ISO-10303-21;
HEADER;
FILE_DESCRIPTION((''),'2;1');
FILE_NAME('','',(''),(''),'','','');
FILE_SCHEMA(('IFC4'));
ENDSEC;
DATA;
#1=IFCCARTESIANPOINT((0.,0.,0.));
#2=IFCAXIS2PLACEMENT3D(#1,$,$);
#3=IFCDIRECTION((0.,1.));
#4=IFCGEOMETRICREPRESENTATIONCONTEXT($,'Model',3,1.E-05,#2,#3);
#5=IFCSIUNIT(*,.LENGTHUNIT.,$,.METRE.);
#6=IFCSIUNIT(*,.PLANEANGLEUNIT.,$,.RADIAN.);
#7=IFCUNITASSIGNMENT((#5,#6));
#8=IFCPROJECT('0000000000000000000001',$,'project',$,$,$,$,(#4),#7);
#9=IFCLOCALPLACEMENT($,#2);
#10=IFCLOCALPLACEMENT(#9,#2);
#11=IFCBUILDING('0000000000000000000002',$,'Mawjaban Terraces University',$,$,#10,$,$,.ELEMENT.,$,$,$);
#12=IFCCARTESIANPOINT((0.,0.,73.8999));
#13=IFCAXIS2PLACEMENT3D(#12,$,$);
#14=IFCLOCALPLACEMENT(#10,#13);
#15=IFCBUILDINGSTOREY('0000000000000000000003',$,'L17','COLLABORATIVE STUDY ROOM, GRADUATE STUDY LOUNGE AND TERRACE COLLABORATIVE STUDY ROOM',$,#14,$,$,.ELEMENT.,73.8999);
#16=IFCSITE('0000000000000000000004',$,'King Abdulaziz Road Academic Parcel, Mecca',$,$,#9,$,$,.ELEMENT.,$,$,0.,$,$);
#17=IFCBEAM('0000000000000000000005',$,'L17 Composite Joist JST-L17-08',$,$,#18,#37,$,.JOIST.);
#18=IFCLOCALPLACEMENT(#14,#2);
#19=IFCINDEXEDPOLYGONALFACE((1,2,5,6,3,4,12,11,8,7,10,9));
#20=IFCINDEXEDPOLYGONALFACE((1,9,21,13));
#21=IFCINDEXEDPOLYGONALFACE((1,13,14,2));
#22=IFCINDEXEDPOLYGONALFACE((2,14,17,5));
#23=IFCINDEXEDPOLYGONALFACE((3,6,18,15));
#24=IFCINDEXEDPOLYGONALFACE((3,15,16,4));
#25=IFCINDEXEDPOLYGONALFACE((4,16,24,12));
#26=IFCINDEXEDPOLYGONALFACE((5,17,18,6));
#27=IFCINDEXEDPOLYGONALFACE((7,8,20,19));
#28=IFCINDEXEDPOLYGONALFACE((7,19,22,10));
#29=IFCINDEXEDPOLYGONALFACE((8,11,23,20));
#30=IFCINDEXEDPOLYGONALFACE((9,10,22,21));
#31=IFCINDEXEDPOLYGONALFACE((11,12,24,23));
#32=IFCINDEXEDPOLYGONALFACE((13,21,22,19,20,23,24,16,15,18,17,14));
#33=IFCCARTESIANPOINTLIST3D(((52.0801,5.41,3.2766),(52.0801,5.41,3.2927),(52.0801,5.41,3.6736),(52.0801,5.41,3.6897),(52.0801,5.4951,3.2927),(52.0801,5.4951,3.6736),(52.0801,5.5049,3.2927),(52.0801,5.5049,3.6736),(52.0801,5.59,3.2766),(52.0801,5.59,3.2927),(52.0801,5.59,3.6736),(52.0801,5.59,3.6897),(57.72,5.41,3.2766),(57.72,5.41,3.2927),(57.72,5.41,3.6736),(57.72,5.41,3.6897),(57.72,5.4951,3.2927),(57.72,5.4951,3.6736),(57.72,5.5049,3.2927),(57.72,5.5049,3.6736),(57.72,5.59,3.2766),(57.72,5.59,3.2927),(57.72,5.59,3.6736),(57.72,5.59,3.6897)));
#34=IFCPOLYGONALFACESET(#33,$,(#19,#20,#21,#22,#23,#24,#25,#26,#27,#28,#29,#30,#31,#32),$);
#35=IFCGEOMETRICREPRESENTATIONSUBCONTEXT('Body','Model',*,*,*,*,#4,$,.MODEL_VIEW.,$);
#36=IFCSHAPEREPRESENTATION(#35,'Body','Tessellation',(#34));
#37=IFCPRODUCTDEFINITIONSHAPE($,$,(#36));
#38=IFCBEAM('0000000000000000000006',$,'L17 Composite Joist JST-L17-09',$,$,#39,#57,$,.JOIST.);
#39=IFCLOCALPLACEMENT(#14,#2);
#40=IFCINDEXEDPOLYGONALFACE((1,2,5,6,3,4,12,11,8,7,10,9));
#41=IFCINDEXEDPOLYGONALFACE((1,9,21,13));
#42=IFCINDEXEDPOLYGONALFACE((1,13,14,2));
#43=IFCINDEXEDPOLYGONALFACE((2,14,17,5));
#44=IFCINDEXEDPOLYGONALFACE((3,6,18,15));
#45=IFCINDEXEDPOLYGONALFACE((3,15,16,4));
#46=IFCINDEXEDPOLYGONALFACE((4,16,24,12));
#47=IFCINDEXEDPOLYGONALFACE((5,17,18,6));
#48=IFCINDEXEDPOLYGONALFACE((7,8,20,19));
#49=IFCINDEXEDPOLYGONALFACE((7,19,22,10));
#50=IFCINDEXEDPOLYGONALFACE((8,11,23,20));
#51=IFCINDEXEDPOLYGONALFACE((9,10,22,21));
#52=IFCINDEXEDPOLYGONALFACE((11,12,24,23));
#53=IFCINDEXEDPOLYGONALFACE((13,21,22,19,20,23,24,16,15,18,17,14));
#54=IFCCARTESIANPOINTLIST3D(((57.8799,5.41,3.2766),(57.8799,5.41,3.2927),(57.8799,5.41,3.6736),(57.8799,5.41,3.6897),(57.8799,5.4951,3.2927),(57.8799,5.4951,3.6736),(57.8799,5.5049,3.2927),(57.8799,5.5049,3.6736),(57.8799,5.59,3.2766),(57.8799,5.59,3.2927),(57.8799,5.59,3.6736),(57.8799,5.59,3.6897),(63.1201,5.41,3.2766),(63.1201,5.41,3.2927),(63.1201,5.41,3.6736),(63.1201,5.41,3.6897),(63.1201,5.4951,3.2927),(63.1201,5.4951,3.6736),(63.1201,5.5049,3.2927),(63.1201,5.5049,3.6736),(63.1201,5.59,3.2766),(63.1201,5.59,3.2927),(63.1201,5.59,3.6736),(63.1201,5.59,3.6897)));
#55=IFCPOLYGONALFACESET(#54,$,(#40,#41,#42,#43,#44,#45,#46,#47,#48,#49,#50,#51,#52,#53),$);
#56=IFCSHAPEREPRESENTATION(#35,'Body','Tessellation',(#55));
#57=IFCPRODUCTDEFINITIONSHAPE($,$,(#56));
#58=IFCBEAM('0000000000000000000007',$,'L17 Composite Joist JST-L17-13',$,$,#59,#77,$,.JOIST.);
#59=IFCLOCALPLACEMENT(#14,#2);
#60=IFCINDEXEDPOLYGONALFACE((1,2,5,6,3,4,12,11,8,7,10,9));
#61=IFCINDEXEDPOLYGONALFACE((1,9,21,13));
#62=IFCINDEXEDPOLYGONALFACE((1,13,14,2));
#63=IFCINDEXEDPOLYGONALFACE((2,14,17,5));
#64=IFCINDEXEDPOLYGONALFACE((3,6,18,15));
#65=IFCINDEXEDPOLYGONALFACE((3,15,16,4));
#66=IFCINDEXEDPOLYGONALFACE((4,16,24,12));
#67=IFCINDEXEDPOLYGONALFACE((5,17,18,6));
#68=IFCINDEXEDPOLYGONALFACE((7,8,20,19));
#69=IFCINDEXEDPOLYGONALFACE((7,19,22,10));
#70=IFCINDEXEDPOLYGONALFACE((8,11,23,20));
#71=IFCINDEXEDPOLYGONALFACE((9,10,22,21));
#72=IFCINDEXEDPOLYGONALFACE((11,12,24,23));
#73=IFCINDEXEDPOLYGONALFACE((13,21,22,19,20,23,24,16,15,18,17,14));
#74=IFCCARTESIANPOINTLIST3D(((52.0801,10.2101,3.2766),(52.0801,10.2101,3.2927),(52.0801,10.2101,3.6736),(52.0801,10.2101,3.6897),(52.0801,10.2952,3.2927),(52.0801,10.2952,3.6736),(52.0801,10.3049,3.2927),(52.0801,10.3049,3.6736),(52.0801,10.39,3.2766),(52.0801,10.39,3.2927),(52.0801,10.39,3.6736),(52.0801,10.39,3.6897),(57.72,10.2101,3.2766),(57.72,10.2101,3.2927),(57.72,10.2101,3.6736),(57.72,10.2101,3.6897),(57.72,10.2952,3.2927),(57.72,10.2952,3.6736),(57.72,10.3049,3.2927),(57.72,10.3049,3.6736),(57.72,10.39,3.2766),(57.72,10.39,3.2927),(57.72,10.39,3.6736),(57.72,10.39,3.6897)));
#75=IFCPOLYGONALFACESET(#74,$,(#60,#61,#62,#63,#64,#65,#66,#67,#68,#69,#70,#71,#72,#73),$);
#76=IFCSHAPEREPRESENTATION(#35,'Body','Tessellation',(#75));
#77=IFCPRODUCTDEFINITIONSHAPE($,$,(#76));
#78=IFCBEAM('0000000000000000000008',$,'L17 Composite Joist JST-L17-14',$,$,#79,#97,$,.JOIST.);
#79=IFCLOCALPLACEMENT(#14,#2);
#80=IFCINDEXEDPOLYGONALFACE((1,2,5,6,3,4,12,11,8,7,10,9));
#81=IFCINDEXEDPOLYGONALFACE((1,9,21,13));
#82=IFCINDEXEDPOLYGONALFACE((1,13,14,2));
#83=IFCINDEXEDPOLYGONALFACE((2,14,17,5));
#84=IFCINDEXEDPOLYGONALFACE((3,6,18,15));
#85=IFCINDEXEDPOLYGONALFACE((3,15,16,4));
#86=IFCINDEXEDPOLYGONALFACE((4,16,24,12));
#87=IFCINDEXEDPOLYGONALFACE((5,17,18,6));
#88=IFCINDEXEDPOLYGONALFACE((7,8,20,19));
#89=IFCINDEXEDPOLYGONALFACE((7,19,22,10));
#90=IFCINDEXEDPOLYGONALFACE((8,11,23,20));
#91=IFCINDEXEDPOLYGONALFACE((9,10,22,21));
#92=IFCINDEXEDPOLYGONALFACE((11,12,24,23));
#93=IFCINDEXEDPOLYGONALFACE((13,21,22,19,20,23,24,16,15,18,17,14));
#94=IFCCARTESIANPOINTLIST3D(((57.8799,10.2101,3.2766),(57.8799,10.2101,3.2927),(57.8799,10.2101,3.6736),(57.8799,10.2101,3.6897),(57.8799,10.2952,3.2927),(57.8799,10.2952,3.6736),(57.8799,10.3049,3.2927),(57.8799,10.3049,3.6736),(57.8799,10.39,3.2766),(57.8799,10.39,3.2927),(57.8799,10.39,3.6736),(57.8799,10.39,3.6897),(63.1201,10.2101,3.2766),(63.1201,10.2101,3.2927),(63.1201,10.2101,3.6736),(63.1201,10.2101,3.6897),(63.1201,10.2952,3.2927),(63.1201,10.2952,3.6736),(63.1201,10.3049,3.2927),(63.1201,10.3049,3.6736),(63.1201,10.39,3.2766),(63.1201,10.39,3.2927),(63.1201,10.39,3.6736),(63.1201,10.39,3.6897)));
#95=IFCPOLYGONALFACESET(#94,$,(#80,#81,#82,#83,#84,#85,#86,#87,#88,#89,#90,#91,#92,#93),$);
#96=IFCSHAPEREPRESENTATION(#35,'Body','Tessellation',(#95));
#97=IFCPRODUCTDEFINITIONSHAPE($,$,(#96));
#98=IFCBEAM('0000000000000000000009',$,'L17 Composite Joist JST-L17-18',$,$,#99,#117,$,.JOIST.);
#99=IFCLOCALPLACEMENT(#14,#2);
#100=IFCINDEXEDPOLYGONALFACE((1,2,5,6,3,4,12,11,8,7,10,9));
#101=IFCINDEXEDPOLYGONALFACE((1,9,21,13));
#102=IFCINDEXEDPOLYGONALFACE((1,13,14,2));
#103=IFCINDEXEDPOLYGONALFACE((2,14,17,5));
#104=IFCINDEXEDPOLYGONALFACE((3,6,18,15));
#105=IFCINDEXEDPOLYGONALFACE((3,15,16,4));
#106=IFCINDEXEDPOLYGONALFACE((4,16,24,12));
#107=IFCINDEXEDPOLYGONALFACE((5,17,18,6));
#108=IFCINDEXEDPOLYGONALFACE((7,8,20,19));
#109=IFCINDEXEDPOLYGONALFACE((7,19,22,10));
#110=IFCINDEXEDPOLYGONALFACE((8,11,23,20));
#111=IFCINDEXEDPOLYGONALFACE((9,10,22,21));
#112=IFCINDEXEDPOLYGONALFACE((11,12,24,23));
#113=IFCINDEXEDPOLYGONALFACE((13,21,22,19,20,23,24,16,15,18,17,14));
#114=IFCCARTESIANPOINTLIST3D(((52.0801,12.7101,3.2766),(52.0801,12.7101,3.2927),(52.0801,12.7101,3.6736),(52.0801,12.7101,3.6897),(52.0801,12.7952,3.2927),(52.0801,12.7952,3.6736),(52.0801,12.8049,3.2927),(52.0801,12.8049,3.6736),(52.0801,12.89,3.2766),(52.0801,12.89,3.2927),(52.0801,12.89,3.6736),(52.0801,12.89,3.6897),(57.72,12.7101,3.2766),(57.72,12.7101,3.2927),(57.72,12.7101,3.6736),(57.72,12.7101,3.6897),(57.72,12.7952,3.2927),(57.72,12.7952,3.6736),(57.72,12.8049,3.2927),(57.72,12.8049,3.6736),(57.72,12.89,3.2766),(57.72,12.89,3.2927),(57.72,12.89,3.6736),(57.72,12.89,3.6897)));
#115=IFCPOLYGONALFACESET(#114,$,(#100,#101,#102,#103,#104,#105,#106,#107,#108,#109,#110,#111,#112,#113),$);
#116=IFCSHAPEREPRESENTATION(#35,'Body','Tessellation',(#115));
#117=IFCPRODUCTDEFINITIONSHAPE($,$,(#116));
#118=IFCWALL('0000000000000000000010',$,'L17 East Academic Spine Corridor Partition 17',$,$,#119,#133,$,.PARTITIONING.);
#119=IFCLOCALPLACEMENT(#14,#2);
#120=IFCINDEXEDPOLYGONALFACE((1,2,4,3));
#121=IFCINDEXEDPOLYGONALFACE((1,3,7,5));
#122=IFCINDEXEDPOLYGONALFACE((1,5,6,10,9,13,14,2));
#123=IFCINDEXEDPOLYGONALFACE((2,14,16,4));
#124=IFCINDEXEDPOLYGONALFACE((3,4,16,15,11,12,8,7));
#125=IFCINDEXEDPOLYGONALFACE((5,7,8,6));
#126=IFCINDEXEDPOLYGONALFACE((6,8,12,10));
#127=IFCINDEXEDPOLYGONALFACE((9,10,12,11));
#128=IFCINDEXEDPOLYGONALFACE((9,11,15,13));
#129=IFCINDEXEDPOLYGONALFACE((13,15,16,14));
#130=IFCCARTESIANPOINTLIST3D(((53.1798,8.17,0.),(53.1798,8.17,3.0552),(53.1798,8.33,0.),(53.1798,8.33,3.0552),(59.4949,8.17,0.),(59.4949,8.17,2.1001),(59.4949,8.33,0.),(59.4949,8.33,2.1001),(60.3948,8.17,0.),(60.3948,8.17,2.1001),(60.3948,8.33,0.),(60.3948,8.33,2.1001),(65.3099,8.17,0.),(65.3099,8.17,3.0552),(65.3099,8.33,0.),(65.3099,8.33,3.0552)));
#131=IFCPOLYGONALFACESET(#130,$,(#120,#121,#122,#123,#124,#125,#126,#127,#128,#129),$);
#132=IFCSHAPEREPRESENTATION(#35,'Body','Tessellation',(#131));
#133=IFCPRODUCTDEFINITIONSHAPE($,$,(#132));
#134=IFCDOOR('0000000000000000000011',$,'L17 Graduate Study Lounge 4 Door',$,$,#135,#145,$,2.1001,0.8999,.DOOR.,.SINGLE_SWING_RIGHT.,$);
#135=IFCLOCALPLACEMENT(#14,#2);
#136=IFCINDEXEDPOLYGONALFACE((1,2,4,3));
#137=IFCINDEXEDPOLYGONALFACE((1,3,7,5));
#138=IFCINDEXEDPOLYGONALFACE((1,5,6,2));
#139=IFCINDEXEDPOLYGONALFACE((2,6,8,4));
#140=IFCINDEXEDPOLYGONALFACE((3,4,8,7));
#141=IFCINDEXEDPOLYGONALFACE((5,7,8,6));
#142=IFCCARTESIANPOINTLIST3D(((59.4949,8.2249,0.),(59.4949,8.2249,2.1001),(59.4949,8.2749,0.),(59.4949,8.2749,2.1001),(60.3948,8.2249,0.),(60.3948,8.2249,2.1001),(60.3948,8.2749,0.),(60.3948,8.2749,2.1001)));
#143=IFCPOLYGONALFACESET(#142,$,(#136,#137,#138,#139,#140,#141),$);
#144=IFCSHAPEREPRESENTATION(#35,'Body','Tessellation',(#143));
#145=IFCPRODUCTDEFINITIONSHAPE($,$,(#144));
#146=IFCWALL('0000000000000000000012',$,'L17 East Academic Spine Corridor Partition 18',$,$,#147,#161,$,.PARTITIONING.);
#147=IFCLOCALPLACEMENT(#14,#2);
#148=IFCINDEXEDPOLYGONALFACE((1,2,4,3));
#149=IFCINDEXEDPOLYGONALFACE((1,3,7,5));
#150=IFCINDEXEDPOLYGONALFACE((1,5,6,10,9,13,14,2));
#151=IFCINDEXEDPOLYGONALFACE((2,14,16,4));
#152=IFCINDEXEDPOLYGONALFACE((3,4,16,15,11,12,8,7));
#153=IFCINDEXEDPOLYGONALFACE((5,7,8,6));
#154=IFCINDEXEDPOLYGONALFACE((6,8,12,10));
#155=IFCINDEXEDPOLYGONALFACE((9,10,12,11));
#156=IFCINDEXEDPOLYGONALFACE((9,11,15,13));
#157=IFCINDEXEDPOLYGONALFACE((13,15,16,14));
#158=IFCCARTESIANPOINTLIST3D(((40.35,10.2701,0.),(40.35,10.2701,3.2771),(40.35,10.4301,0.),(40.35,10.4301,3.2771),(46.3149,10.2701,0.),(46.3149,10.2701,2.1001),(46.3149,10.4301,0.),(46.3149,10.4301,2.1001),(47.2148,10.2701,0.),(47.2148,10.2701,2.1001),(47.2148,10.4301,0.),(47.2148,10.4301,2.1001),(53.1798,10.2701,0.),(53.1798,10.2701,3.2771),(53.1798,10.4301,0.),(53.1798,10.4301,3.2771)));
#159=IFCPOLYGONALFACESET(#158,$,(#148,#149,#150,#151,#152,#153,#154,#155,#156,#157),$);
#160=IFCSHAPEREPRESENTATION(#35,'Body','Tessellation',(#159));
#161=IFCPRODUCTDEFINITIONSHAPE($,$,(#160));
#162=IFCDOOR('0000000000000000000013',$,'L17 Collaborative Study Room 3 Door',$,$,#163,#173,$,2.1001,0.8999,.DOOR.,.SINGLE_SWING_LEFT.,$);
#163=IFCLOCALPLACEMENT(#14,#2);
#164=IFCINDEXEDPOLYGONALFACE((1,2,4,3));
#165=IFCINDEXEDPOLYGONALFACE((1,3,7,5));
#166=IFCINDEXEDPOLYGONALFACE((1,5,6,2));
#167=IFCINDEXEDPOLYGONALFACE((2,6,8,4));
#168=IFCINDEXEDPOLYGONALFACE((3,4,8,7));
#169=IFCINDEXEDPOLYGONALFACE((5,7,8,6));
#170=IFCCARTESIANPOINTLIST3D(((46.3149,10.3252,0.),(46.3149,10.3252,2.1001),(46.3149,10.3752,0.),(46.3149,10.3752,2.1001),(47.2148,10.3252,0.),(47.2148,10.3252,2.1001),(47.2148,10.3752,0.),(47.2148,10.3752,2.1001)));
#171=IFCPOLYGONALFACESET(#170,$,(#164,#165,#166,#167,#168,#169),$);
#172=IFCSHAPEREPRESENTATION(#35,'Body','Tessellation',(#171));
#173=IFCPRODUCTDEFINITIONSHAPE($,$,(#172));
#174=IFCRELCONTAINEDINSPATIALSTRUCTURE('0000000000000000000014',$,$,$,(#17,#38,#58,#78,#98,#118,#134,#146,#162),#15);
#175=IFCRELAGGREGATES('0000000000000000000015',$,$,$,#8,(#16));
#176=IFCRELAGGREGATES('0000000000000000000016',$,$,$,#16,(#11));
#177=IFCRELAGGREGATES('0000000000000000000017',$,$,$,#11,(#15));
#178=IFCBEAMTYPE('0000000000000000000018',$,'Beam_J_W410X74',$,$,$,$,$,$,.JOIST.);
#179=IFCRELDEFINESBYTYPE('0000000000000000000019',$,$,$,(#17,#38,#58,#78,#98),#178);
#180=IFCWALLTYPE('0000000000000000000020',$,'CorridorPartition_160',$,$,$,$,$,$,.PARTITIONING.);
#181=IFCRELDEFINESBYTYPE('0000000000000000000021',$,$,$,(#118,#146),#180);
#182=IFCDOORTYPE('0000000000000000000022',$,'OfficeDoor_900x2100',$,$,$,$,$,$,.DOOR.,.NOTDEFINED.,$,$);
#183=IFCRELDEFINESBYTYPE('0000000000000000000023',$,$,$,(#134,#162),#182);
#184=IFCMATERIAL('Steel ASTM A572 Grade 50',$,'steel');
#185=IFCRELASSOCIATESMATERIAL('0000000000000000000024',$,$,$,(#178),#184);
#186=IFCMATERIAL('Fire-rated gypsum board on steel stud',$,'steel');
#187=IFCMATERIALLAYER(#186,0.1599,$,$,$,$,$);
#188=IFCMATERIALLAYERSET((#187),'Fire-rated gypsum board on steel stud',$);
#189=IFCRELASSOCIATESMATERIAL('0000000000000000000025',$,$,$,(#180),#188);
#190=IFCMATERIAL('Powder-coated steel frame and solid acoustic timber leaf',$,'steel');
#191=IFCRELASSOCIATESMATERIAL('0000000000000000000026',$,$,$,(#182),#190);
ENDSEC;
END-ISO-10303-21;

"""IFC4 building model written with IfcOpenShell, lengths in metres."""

from ifc_helpers import new_model, si_unit, direction, frame, frame_2d, origin, origin_2d, place, context, subcontext, project, spatial, rectangle, i_section, extrude, material, layer, layer_set, material_profile, profile_set, type_object, element, fill, save


model = new_model("IFC4")

# Units and contexts
model_context = context("Model", 3, precision=1e-05, world=origin(), true_north=direction((0.0, 1.0)))
body_context = subcontext(model_context, "Body", "Model", "MODEL_VIEW")
ifc_project = project(units=[si_unit("LENGTHUNIT", "METRE"), si_unit("PLANEANGLEUNIT", "RADIAN")], contexts=[model_context])

# Site, building, storey
site_placement = place(None, origin())
site = spatial("IfcSite", under=ifc_project, at=site_placement, Name="King Abdulaziz Road Academic Parcel, Mecca", CompositionType="ELEMENT", RefElevation=0.0)
building_placement = place(site_placement, origin())
building = spatial("IfcBuilding", under=site, at=building_placement, Name="Mawjaban Terraces University", CompositionType="ELEMENT")
storey_placement = place(building_placement, frame((0.0, 0.0, 73.8999)))
storey = spatial("IfcBuildingStorey", under=building, at=storey_placement, Name="L17", Description="COLLABORATIVE STUDY ROOM, GRADUATE STUDY LOUNGE AND TERRACE COLLABORATIVE STUDY ROOM", CompositionType="ELEMENT", Elevation=73.8999)

# Beams
ifc_material_1 = material(Name="Steel ASTM A572 Grade 50", Category="steel")
ifc_material_profile_1 = material_profile(ifc_material_1, i_section(OverallWidth=0.1799, OverallDepth=0.4131, WebThickness=0.0098, FlangeThickness=0.0161, at=origin_2d()), Name="W410X74")
ifc_profile_set_1 = profile_set([ifc_material_profile_1], Name="Steel ASTM A572 Grade 50")
beam_type_1 = type_object("IfcBeamType", Name="Beam_J_W410X74", PredefinedType="JOIST", material=ifc_profile_set_1)
beam_1_placement = place(storey_placement, frame((52.0801, 5.5, 3.4832), z_axis=(1.0, 0.0, 0.0), x_axis=(0.0, 1.0, 0.0)))
element("IfcBeam", 1, at=beam_1_placement, inside=storey, type_object=beam_type_1, Name="L17 Composite Joist JST-L17-08", PredefinedType="JOIST", context=body_context, shape_type="SweptSolid", body=[
    extrude(i_section(OverallWidth=0.1799, OverallDepth=0.4131, WebThickness=0.0098, FlangeThickness=0.0161, at=origin_2d()), origin(), (0.0, 0.0, 1.0), 5.6399),
])
beam_2_placement = place(storey_placement, frame((57.8799, 5.5, 3.4832), z_axis=(1.0, 0.0, 0.0), x_axis=(0.0, 1.0, 0.0)))
element("IfcBeam", 2, at=beam_2_placement, inside=storey, type_object=beam_type_1, Name="L17 Composite Joist JST-L17-09", PredefinedType="JOIST", context=body_context, shape_type="SweptSolid", body=[
    extrude(i_section(OverallWidth=0.1799, OverallDepth=0.4131, WebThickness=0.0098, FlangeThickness=0.0161, at=origin_2d()), origin(), (0.0, 0.0, 1.0), 5.2402),
])
beam_3_placement = place(storey_placement, frame((52.0801, 10.3, 3.4832), z_axis=(1.0, 0.0, 0.0), x_axis=(0.0, 1.0, 0.0)))
element("IfcBeam", 3, at=beam_3_placement, inside=storey, type_object=beam_type_1, Name="L17 Composite Joist JST-L17-13", PredefinedType="JOIST", context=body_context, shape_type="SweptSolid", body=[
    extrude(i_section(OverallWidth=0.1799, OverallDepth=0.4131, WebThickness=0.0098, FlangeThickness=0.0161, at=origin_2d()), origin(), (0.0, 0.0, 1.0), 5.6399),
])
beam_4_placement = place(storey_placement, frame((57.8799, 10.3, 3.4832), z_axis=(1.0, 0.0, 0.0), x_axis=(0.0, 1.0, 0.0)))
element("IfcBeam", 4, at=beam_4_placement, inside=storey, type_object=beam_type_1, Name="L17 Composite Joist JST-L17-14", PredefinedType="JOIST", context=body_context, shape_type="SweptSolid", body=[
    extrude(i_section(OverallWidth=0.1799, OverallDepth=0.4131, WebThickness=0.0098, FlangeThickness=0.0161, at=origin_2d()), origin(), (0.0, 0.0, 1.0), 5.2402),
])
beam_5_placement = place(storey_placement, frame((52.0801, 12.8, 3.4832), z_axis=(1.0, 0.0, 0.0), x_axis=(0.0, 1.0, 0.0)))
element("IfcBeam", 5, at=beam_5_placement, inside=storey, type_object=beam_type_1, Name="L17 Composite Joist JST-L17-18", PredefinedType="JOIST", context=body_context, shape_type="SweptSolid", body=[
    extrude(i_section(OverallWidth=0.1799, OverallDepth=0.4131, WebThickness=0.0098, FlangeThickness=0.0161, at=origin_2d()), origin(), (0.0, 0.0, 1.0), 5.6399),
])

# Walls, openings, doors
ifc_material_2 = material(Name="Fire-rated gypsum board on steel stud", Category="steel")
ifc_layer_1 = layer(ifc_material_2, 0.1599)
ifc_layer_set_1 = layer_set([ifc_layer_1], Name="Fire-rated gypsum board on steel stud")
wall_type_1 = type_object("IfcWallType", Name="CorridorPartition_160", PredefinedType="PARTITIONING", material=ifc_layer_set_1)
wall_1_placement = place(storey_placement, frame((53.1799, 8.25, 0.0), z_axis=(0.0, 0.0, 1.0), x_axis=(1.0, 0.0, 0.0)))
wall_1 = element("IfcWall", 6, at=wall_1_placement, inside=storey, type_object=wall_type_1, Name="L17 East Academic Spine Corridor Partition 17", PredefinedType="PARTITIONING", context=body_context, shape_type="SweptSolid", body=[
    extrude(rectangle(XDim=12.1301, YDim=0.1599, at=frame_2d((6.0649, 0.0))), origin(), (0.0, 0.0, 1.0), 3.0552),
])
opening_1_placement = place(wall_1_placement, frame((6.3149, 0.0, 0.0)))
opening_1 = element("IfcOpeningElement", 7, at=opening_1_placement, cuts=wall_1, PredefinedType="OPENING", context=body_context, shape_type="SweptSolid", body=[
    extrude(rectangle(XDim=0.8999, YDim=2.1001, at=frame_2d((0.45, 1.05))), frame((0.0, 0.0898, 0.0), z_axis=(0.0, -1.0, 0.0), x_axis=(1.0, 0.0, 0.0)), (0.0, 0.0, 1.0), 0.1799),
])
ifc_material_3 = material(Name="Powder-coated steel frame and solid acoustic timber leaf", Category="steel")
door_type = type_object("IfcDoorType", Name="OfficeDoor_900x2100", OperationType="NOTDEFINED", PredefinedType="DOOR", material=ifc_material_3)
door_1_placement = place(opening_1_placement, origin())
door_1 = element("IfcDoor", 8, at=door_1_placement, inside=storey, type_object=door_type, Name="L17 Graduate Study Lounge 4 Door", OperationType="SINGLE_SWING_RIGHT", OverallHeight=2.1001, OverallWidth=0.8999, PredefinedType="DOOR", context=body_context, shape_type="SweptSolid", body=[
    extrude(rectangle(XDim=0.8999, YDim=2.1001, at=frame_2d((0.45, 1.05))), frame((0.0, 0.0249, 0.0), z_axis=(0.0, -1.0, 0.0), x_axis=(1.0, 0.0, 0.0)), (0.0, 0.0, 1.0), 0.05),
])
fill(opening_1, door_1)
wall_2_placement = place(storey_placement, frame((53.1799, 10.3501, 0.0), z_axis=(0.0, 0.0, 1.0), x_axis=(-1.0, 0.0, 0.0)))
wall_2 = element("IfcWall", 9, at=wall_2_placement, inside=storey, type_object=wall_type_1, Name="L17 East Academic Spine Corridor Partition 18", PredefinedType="PARTITIONING", context=body_context, shape_type="SweptSolid", body=[
    extrude(rectangle(XDim=12.8298, YDim=0.1599, at=frame_2d((6.415, 0.0))), origin(), (0.0, 0.0, 1.0), 3.2771),
])
opening_2_placement = place(wall_2_placement, frame((5.9651, 0.0, 0.0)))
opening_2 = element("IfcOpeningElement", 10, at=opening_2_placement, cuts=wall_2, PredefinedType="OPENING", context=body_context, shape_type="SweptSolid", body=[
    extrude(rectangle(XDim=0.8999, YDim=2.1001, at=frame_2d((0.45, 1.05))), frame((0.0, 0.0898, 0.0), z_axis=(0.0, -1.0, 0.0), x_axis=(1.0, 0.0, 0.0)), (0.0, 0.0, 1.0), 0.1799),
])
door_2_placement = place(opening_2_placement, origin())
door_2 = element("IfcDoor", 11, at=door_2_placement, inside=storey, type_object=door_type, Name="L17 Collaborative Study Room 3 Door", OperationType="SINGLE_SWING_LEFT", OverallHeight=2.1001, OverallWidth=0.8999, PredefinedType="DOOR", context=body_context, shape_type="SweptSolid", body=[
    extrude(rectangle(XDim=0.8999, YDim=2.1001, at=frame_2d((0.45, 1.05))), frame((0.0, 0.0249, 0.0), z_axis=(0.0, -1.0, 0.0), x_axis=(1.0, 0.0, 0.0)), (0.0, 0.0, 1.0), 0.05),
])
fill(opening_2, door_2)

save(model, "model.ifc")
